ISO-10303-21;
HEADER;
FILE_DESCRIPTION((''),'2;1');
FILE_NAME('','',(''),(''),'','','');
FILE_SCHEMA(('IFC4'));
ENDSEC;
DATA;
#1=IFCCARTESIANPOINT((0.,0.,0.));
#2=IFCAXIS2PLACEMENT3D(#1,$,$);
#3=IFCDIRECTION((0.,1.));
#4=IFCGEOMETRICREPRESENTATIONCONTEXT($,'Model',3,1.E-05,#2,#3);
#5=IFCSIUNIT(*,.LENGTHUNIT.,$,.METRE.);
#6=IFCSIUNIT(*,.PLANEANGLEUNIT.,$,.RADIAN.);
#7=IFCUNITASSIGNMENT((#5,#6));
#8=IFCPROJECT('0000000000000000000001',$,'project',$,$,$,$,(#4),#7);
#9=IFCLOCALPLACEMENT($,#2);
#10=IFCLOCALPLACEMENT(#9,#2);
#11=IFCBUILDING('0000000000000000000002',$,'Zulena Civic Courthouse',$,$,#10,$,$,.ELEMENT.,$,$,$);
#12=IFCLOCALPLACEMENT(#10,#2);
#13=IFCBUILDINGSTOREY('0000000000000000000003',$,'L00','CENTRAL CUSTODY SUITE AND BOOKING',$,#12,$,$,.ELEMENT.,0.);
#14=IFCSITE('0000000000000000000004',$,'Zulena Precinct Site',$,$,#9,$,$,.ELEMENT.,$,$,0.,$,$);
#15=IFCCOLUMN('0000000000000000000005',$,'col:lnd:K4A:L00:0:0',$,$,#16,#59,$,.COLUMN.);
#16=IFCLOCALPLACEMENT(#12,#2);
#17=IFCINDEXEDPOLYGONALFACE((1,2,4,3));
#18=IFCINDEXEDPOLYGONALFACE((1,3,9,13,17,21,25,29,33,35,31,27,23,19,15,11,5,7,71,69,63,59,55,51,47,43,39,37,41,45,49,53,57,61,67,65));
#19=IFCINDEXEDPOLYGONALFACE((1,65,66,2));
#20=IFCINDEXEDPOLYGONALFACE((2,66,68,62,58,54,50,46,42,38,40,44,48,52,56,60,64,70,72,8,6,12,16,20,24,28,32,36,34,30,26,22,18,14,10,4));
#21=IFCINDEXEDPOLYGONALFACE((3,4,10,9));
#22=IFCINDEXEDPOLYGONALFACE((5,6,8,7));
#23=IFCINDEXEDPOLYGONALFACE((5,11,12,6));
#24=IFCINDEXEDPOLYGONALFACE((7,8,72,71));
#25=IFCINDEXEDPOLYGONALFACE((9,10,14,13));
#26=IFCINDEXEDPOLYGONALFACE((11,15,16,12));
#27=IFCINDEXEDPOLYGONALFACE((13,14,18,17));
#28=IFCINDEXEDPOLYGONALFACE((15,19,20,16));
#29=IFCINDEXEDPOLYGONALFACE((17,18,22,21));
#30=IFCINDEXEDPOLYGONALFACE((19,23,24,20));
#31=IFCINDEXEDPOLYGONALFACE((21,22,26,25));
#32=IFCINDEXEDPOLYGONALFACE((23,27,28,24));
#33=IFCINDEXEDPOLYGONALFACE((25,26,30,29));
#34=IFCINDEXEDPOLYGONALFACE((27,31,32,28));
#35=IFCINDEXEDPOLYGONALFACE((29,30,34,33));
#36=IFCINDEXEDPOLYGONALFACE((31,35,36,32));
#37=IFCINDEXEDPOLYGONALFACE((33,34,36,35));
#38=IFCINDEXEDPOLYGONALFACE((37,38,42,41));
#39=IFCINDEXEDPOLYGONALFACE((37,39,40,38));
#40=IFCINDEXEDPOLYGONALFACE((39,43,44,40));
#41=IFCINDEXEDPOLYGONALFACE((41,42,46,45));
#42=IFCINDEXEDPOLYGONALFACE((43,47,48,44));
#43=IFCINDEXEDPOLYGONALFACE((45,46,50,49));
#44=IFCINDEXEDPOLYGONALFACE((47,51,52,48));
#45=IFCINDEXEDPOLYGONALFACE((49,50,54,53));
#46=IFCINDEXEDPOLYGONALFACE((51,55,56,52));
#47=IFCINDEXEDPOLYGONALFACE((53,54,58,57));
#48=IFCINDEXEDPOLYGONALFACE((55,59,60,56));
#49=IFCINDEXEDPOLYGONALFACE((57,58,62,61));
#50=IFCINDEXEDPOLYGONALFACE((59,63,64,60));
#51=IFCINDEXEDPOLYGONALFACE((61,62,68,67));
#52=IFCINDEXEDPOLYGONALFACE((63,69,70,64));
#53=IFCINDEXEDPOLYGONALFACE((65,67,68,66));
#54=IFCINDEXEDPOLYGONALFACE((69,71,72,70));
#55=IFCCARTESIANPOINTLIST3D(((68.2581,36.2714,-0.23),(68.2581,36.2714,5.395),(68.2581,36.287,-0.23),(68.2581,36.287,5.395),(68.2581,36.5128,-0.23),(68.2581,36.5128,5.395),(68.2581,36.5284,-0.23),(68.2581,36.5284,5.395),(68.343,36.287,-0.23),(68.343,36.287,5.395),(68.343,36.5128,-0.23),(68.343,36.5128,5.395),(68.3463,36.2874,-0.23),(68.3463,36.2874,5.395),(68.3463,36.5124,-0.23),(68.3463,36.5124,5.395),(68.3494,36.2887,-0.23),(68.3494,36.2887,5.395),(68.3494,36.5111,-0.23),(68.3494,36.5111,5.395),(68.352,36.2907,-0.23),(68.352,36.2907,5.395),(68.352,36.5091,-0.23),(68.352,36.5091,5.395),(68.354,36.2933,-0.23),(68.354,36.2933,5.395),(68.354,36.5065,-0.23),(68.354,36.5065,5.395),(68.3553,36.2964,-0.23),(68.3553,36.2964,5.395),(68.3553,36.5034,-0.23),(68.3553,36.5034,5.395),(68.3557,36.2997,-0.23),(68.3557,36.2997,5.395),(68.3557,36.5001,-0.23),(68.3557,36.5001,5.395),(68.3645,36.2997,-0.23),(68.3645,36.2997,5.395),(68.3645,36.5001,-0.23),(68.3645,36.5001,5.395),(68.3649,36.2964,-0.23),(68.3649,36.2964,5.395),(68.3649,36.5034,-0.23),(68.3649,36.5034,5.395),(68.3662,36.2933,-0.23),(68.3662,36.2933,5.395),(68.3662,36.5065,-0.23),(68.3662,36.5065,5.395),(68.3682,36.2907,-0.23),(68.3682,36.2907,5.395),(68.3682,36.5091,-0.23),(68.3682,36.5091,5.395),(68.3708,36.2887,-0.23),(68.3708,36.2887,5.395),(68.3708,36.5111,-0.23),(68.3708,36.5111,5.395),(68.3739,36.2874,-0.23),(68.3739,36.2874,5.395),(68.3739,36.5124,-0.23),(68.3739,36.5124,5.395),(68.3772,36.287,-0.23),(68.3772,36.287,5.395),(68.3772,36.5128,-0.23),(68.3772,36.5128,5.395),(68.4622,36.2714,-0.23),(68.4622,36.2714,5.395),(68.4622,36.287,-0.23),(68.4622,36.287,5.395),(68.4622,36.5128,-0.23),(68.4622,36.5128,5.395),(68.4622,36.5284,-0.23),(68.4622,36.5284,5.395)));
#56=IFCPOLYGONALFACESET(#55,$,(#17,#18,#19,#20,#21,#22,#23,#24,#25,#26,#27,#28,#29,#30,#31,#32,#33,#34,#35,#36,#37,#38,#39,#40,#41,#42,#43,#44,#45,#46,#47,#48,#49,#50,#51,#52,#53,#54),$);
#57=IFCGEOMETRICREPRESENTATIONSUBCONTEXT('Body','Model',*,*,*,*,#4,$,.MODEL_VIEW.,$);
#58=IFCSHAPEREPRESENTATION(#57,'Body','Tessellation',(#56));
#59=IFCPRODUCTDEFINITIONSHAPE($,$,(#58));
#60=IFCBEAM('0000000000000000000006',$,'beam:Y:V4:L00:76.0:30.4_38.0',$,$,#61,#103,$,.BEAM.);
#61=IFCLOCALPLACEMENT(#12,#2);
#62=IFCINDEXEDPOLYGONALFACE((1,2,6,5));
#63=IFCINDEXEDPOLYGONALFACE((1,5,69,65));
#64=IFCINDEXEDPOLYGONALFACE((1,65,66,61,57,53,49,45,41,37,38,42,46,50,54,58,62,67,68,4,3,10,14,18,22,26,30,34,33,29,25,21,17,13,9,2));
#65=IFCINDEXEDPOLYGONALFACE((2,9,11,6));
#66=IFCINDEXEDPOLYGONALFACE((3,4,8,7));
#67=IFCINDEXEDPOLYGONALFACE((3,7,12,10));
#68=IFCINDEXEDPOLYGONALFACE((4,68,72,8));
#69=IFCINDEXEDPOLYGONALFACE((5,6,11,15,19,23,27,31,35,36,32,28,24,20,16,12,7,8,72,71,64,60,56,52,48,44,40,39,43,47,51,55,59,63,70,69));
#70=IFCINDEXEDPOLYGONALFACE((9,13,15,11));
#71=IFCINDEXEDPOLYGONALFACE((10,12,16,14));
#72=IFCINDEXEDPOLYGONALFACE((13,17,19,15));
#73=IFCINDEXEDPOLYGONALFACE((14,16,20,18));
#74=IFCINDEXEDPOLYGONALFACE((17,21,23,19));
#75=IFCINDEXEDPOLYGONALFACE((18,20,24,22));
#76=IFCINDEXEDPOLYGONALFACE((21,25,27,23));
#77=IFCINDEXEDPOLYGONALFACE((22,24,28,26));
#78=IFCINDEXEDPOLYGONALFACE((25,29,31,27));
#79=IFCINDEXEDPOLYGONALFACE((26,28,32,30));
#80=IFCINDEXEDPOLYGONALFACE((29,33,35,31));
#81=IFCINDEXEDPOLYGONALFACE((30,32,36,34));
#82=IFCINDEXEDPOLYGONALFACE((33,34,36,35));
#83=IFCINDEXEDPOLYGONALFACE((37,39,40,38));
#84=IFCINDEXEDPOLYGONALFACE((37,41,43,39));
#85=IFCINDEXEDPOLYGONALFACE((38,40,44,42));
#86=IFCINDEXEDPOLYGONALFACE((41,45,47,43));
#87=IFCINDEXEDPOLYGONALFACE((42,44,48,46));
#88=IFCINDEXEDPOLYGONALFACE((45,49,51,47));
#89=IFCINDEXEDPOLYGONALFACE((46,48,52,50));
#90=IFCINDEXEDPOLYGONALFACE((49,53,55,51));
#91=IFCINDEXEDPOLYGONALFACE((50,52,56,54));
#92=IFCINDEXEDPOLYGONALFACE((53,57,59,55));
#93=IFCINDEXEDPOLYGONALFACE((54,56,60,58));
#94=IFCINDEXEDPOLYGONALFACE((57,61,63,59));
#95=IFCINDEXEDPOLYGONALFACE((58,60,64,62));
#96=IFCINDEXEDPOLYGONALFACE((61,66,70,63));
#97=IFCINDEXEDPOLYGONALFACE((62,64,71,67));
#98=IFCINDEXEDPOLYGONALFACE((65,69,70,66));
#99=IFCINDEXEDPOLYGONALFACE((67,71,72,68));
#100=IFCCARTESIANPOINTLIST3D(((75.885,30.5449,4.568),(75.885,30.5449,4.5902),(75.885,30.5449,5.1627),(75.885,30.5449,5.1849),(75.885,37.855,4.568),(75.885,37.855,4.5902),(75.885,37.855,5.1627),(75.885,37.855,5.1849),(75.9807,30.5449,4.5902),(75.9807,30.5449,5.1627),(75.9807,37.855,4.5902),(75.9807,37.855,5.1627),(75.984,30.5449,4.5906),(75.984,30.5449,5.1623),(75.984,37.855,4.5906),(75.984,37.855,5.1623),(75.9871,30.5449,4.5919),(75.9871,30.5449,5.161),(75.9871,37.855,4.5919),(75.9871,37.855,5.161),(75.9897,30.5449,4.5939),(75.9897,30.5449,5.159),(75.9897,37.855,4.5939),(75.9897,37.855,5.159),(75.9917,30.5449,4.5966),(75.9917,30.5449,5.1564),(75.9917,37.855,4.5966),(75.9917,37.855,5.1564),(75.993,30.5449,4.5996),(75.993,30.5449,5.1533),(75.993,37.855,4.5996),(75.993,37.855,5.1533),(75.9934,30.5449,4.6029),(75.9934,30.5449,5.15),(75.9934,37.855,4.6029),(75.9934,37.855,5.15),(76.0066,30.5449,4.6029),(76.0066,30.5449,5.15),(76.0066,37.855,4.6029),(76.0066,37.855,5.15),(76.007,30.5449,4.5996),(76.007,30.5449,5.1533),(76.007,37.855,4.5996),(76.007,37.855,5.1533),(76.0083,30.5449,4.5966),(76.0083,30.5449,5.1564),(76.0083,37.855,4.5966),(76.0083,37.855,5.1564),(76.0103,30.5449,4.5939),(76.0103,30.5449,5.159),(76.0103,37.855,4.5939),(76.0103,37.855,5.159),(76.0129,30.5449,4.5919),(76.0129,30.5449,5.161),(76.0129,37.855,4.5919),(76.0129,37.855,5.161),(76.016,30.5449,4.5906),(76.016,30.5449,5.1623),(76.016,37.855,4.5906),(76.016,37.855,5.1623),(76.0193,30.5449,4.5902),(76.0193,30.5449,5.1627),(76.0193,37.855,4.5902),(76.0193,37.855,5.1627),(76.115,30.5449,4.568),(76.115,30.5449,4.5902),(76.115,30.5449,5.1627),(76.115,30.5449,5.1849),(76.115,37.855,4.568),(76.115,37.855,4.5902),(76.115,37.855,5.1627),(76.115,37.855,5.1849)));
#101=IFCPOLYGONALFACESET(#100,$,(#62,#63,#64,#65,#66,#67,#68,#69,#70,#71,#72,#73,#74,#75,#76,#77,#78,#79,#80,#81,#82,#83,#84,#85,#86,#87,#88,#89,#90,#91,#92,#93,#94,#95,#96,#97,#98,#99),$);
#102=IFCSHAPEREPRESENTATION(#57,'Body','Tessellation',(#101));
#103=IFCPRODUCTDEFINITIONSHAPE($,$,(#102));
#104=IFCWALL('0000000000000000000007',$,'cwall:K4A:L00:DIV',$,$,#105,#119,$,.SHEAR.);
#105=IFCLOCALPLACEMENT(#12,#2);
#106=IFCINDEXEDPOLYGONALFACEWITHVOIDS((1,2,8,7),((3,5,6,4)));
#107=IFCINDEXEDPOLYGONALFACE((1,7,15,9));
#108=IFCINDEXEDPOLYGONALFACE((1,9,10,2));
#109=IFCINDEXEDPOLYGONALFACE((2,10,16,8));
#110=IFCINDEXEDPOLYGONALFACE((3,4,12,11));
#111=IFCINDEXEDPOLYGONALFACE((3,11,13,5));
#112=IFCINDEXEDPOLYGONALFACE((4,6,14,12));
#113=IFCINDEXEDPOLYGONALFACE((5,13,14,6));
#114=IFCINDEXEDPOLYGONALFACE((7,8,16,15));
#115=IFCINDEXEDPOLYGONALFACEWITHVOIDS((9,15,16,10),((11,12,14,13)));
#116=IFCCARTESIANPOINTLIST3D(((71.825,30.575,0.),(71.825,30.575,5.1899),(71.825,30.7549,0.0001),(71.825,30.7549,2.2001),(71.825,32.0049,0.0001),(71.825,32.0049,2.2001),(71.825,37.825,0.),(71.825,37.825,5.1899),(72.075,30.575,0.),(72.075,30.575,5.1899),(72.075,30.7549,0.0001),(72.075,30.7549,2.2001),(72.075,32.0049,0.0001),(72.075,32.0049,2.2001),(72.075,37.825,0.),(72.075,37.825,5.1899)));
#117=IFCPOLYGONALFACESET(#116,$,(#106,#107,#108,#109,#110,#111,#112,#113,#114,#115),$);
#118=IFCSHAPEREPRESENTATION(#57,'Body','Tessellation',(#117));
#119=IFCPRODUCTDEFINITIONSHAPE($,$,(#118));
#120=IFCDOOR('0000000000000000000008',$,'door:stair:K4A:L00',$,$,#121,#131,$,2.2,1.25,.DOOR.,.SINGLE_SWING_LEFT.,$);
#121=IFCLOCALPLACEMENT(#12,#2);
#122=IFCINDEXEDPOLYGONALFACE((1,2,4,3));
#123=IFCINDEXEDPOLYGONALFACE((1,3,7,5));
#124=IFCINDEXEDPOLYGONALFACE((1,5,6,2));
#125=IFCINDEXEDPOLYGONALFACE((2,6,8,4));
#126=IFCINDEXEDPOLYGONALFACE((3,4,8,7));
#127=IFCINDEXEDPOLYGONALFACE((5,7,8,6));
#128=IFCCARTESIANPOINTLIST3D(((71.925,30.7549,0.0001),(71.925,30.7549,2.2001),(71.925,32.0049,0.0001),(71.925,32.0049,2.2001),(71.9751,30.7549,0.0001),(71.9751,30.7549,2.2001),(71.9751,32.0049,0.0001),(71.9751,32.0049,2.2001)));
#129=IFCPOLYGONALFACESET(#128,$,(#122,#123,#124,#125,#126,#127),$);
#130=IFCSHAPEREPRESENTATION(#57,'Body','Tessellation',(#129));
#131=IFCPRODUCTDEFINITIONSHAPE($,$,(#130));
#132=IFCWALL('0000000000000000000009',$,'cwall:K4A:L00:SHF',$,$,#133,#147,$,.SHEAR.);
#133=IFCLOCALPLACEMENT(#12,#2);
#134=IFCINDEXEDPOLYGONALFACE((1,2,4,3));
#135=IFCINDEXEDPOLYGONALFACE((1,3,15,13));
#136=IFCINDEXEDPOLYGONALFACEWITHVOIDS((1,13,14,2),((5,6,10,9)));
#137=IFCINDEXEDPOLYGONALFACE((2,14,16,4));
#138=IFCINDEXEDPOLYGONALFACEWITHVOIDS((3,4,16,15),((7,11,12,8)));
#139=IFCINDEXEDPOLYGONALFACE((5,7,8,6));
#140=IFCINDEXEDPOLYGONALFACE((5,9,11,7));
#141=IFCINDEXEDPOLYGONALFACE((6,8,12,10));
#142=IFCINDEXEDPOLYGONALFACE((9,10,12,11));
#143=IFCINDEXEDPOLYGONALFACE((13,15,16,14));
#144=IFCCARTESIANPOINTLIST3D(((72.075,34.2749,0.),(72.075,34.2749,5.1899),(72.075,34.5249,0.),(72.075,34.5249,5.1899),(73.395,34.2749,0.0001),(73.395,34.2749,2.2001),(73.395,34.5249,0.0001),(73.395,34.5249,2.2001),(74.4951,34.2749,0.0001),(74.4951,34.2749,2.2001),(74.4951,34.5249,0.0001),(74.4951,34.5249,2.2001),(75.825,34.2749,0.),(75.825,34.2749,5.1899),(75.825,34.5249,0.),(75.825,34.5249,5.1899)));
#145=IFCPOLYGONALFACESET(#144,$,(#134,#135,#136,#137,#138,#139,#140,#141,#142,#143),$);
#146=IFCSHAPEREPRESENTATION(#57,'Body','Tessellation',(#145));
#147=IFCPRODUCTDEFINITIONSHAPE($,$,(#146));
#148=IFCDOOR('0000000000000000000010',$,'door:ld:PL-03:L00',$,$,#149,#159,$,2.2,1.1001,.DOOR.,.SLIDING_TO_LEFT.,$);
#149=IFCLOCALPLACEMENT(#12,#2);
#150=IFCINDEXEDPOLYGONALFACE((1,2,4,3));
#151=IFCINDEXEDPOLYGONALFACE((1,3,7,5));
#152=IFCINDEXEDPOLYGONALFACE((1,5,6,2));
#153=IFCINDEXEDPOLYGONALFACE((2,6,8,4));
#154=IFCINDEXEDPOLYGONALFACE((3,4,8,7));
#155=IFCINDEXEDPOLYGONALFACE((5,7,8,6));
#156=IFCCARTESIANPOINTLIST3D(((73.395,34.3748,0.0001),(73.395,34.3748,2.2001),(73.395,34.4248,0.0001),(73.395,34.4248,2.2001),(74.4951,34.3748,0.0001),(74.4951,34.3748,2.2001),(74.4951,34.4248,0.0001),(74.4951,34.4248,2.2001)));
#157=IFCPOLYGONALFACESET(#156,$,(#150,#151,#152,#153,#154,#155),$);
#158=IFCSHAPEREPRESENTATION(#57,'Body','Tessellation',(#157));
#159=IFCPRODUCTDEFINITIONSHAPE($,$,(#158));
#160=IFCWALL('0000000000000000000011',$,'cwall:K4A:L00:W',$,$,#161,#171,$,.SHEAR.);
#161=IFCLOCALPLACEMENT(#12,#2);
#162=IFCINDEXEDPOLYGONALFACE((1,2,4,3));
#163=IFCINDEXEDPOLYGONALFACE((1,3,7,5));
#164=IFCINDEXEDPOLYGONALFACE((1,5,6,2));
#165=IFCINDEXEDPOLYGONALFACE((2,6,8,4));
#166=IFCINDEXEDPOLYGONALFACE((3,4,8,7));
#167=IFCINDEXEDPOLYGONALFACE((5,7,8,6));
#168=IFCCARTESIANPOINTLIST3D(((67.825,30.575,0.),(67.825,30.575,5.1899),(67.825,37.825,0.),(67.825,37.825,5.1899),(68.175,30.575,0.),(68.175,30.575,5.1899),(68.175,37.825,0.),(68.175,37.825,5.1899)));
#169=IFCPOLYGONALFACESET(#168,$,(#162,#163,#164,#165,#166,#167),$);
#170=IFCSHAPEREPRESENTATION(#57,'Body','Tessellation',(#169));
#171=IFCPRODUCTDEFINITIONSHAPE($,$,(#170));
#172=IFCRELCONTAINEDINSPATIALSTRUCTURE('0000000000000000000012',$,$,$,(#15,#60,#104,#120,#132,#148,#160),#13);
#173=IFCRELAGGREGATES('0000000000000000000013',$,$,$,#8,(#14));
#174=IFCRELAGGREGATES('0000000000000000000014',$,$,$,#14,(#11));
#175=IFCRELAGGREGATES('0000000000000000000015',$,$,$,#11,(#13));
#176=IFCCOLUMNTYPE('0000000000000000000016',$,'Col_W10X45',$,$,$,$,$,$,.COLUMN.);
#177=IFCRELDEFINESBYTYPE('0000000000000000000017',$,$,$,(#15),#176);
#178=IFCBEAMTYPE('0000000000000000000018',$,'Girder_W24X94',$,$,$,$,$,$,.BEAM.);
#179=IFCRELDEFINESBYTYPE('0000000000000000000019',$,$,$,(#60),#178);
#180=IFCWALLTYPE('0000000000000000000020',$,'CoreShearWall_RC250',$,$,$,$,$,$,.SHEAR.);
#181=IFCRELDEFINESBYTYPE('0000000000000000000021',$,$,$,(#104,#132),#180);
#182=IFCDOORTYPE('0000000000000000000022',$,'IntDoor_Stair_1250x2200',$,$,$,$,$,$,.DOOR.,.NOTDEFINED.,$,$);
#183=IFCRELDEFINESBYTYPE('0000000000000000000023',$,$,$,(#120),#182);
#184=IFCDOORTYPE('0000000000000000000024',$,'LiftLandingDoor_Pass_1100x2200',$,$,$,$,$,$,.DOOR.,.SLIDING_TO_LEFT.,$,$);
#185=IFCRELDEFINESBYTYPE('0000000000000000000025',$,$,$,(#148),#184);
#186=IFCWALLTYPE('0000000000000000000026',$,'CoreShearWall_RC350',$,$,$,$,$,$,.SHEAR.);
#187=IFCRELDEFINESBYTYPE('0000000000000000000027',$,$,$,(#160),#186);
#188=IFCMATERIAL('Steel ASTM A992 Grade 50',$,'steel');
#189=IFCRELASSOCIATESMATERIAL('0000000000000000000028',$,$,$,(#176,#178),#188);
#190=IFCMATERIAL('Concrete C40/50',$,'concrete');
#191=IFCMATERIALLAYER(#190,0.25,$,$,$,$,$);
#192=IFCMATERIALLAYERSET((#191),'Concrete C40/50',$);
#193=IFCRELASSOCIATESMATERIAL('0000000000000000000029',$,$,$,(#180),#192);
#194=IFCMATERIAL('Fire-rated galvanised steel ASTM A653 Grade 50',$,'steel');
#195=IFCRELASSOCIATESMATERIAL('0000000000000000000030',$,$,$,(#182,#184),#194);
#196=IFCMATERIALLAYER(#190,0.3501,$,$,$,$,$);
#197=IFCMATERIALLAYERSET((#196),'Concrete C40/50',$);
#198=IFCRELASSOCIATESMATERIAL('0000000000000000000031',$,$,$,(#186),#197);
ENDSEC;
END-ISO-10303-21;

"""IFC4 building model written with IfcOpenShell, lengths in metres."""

from ifc_helpers import new_model, si_unit, direction, frame, frame_2d, origin, origin_2d, place, context, subcontext, project, spatial, rectangle, i_section, extrude, material, layer, layer_set, material_profile, profile_set, type_object, element, fill, save


model = new_model("IFC4")

# Units and contexts
model_context = context("Model", 3, precision=1e-05, world=origin(), true_north=direction((0.0, 1.0)))
body_context = subcontext(model_context, "Body", "Model", "MODEL_VIEW")
ifc_project = project(units=[si_unit("LENGTHUNIT", "METRE"), si_unit("PLANEANGLEUNIT", "RADIAN")], contexts=[model_context])

# Site, building, storey
site_placement = place(None, origin())
site = spatial("IfcSite", under=ifc_project, at=site_placement, Name="Zulena Precinct Site", CompositionType="ELEMENT", RefElevation=0.0)
building_placement = place(site_placement, origin())
building = spatial("IfcBuilding", under=site, at=building_placement, Name="Zulena Civic Courthouse", CompositionType="ELEMENT")
storey_placement = place(building_placement, origin())
storey = spatial("IfcBuildingStorey", under=building, at=storey_placement, Name="L00", Description="CENTRAL CUSTODY SUITE AND BOOKING", CompositionType="ELEMENT", Elevation=0.0)

# Shared definitions
ifc_material_1 = material(Name="Concrete C40/50", Category="concrete")

# Column
ifc_material_2 = material(Name="Steel ASTM A992 Grade 50", Category="steel")
ifc_material_profile_1 = material_profile(ifc_material_2, i_section(OverallWidth=0.2041, OverallDepth=0.2571, WebThickness=0.0088, FlangeThickness=0.0156, FilletRadius=0.0127, at=origin_2d()), Name="W10X45")
ifc_profile_set_1 = profile_set([ifc_material_profile_1], Name="Steel ASTM A992 Grade 50")
column_type = type_object("IfcColumnType", Name="Col_W10X45", PredefinedType="COLUMN", material=ifc_profile_set_1)
column_placement = place(storey_placement, frame((68.3601, 36.3999, -0.23), z_axis=(0.0, 0.0, 1.0), x_axis=(1.0, 0.0, 0.0)))
element("IfcColumn", 1, at=column_placement, inside=storey, type_object=column_type, Name="col:lnd:K4A:L00:0:0", PredefinedType="COLUMN", context=body_context, shape_type="SweptSolid", body=[
    extrude(i_section(OverallWidth=0.2041, OverallDepth=0.2571, WebThickness=0.0088, FlangeThickness=0.0156, FilletRadius=0.0127, at=origin_2d()), origin(), (0.0, 0.0, 1.0), 5.625),
])

# Beam
ifc_material_profile_2 = material_profile(ifc_material_2, i_section(OverallWidth=0.23, OverallDepth=0.6169, WebThickness=0.0132, FlangeThickness=0.0222, FilletRadius=0.0127, at=origin_2d()), Name="W24X94")
ifc_profile_set_2 = profile_set([ifc_material_profile_2], Name="Steel ASTM A992 Grade 50")
beam_type = type_object("IfcBeamType", Name="Girder_W24X94", PredefinedType="BEAM", material=ifc_profile_set_2)
beam_placement = place(storey_placement, frame((76.0, 30.5449, 4.8765), z_axis=(0.0, 1.0, 0.0), x_axis=(-1.0, 0.0, 0.0)))
element("IfcBeam", 2, at=beam_placement, inside=storey, type_object=beam_type, Name="beam:Y:V4:L00:76.0:30.4_38.0", PredefinedType="BEAM", context=body_context, shape_type="SweptSolid", body=[
    extrude(i_section(OverallWidth=0.23, OverallDepth=0.6169, WebThickness=0.0132, FlangeThickness=0.0222, FilletRadius=0.0127, at=origin_2d()), origin(), (0.0, 0.0, 1.0), 7.3101),
])

# Walls, openings, doors
ifc_layer_1 = layer(ifc_material_1, 0.25)
ifc_layer_set_1 = layer_set([ifc_layer_1], Name="Concrete C40/50")
wall_type_1 = type_object("IfcWallType", Name="CoreShearWall_RC250", PredefinedType="SHEAR", material=ifc_layer_set_1)
wall_1_placement = place(storey_placement, frame((71.95, 30.575, 0.0), z_axis=(0.0, 0.0, 1.0), x_axis=(0.0, 1.0, 0.0)))
wall_1 = element("IfcWall", 3, at=wall_1_placement, inside=storey, type_object=wall_type_1, Name="cwall:K4A:L00:DIV", PredefinedType="SHEAR", context=body_context, shape_type="SweptSolid", body=[
    extrude(rectangle(XDim=7.25, YDim=0.25, at=frame_2d((3.625, 0.0))), origin(), (0.0, 0.0, 1.0), 5.1899),
])
opening_1_placement = place(wall_1_placement, frame((0.1799, 0.0, 0.0)))
opening_1 = element("IfcOpeningElement", 4, at=opening_1_placement, cuts=wall_1, PredefinedType="OPENING", context=body_context, shape_type="SweptSolid", body=[
    extrude(rectangle(XDim=1.25, YDim=2.2, at=frame_2d((0.625, 1.1001))), frame((0.0, 0.135, 0.0), z_axis=(0.0, -1.0, 0.0), x_axis=(1.0, 0.0, 0.0)), (0.0, 0.0, 1.0), 0.27),
])
ifc_material_3 = material(Name="Fire-rated galvanised steel ASTM A653 Grade 50", Category="steel")
door_type_1 = type_object("IfcDoorType", Name="IntDoor_Stair_1250x2200", OperationType="NOTDEFINED", PredefinedType="DOOR", material=ifc_material_3)
door_1_placement = place(opening_1_placement, origin())
door_1 = element("IfcDoor", 5, at=door_1_placement, inside=storey, type_object=door_type_1, Name="door:stair:K4A:L00", OperationType="SINGLE_SWING_LEFT", OverallHeight=2.2, OverallWidth=1.25, PredefinedType="DOOR", context=body_context, shape_type="SweptSolid", body=[
    extrude(rectangle(XDim=1.25, YDim=2.2, at=frame_2d((0.625, 1.1001))), frame((0.0, 0.0249, 0.0), z_axis=(0.0, -1.0, 0.0), x_axis=(1.0, 0.0, 0.0)), (0.0, 0.0, 1.0), 0.05),
])
fill(opening_1, door_1)
wall_2_placement = place(storey_placement, frame((72.075, 34.3999, 0.0), z_axis=(0.0, 0.0, 1.0), x_axis=(1.0, 0.0, 0.0)))
wall_2 = element("IfcWall", 6, at=wall_2_placement, inside=storey, type_object=wall_type_1, Name="cwall:K4A:L00:SHF", PredefinedType="SHEAR", context=body_context, shape_type="SweptSolid", body=[
    extrude(rectangle(XDim=3.75, YDim=0.25, at=frame_2d((1.875, 0.0))), origin(), (0.0, 0.0, 1.0), 5.1899),
])
opening_2_placement = place(wall_2_placement, frame((1.3201, 0.0, 0.0)))
opening_2 = element("IfcOpeningElement", 7, at=opening_2_placement, cuts=wall_2, PredefinedType="OPENING", context=body_context, shape_type="SweptSolid", body=[
    extrude(rectangle(XDim=1.1001, YDim=2.2, at=frame_2d((0.55, 1.1001))), frame((0.0, 0.135, 0.0), z_axis=(0.0, -1.0, 0.0), x_axis=(1.0, 0.0, 0.0)), (0.0, 0.0, 1.0), 0.27),
])
door_type_2 = type_object("IfcDoorType", Name="LiftLandingDoor_Pass_1100x2200", OperationType="SLIDING_TO_LEFT", PredefinedType="DOOR", material=ifc_material_3)
door_2_placement = place(opening_2_placement, origin())
door_2 = element("IfcDoor", 8, at=door_2_placement, inside=storey, type_object=door_type_2, Name="door:ld:PL-03:L00", OperationType="SLIDING_TO_LEFT", OverallHeight=2.2, OverallWidth=1.1001, PredefinedType="DOOR", context=body_context, shape_type="SweptSolid", body=[
    extrude(rectangle(XDim=1.1001, YDim=2.2, at=frame_2d((0.55, 1.1001))), frame((0.0, 0.0249, 0.0), z_axis=(0.0, -1.0, 0.0), x_axis=(1.0, 0.0, 0.0)), (0.0, 0.0, 1.0), 0.05),
])
fill(opening_2, door_2)

# Wall
ifc_layer_2 = layer(ifc_material_1, 0.3501)
ifc_layer_set_2 = layer_set([ifc_layer_2], Name="Concrete C40/50")
wall_type_2 = type_object("IfcWallType", Name="CoreShearWall_RC350", PredefinedType="SHEAR", material=ifc_layer_set_2)
for number, where, z_axis, x_axis, name in (
    (9, (68.0, 30.575, 0.0), (0.0, 0.0, 1.0), (0.0, 1.0, 0.0), "cwall:K4A:L00:W"),
):
    element("IfcWall", number, at=place(storey_placement, frame(where, z_axis=z_axis, x_axis=x_axis)), inside=storey, type_object=wall_type_2, Name=name, PredefinedType="SHEAR", context=body_context, shape_type="SweptSolid", body=[
        extrude(rectangle(XDim=7.25, YDim=0.3501, at=frame_2d((3.625, 0.0))), origin(), (0.0, 0.0, 1.0), 5.1899),
    ])

save(model, "model.ifc")
